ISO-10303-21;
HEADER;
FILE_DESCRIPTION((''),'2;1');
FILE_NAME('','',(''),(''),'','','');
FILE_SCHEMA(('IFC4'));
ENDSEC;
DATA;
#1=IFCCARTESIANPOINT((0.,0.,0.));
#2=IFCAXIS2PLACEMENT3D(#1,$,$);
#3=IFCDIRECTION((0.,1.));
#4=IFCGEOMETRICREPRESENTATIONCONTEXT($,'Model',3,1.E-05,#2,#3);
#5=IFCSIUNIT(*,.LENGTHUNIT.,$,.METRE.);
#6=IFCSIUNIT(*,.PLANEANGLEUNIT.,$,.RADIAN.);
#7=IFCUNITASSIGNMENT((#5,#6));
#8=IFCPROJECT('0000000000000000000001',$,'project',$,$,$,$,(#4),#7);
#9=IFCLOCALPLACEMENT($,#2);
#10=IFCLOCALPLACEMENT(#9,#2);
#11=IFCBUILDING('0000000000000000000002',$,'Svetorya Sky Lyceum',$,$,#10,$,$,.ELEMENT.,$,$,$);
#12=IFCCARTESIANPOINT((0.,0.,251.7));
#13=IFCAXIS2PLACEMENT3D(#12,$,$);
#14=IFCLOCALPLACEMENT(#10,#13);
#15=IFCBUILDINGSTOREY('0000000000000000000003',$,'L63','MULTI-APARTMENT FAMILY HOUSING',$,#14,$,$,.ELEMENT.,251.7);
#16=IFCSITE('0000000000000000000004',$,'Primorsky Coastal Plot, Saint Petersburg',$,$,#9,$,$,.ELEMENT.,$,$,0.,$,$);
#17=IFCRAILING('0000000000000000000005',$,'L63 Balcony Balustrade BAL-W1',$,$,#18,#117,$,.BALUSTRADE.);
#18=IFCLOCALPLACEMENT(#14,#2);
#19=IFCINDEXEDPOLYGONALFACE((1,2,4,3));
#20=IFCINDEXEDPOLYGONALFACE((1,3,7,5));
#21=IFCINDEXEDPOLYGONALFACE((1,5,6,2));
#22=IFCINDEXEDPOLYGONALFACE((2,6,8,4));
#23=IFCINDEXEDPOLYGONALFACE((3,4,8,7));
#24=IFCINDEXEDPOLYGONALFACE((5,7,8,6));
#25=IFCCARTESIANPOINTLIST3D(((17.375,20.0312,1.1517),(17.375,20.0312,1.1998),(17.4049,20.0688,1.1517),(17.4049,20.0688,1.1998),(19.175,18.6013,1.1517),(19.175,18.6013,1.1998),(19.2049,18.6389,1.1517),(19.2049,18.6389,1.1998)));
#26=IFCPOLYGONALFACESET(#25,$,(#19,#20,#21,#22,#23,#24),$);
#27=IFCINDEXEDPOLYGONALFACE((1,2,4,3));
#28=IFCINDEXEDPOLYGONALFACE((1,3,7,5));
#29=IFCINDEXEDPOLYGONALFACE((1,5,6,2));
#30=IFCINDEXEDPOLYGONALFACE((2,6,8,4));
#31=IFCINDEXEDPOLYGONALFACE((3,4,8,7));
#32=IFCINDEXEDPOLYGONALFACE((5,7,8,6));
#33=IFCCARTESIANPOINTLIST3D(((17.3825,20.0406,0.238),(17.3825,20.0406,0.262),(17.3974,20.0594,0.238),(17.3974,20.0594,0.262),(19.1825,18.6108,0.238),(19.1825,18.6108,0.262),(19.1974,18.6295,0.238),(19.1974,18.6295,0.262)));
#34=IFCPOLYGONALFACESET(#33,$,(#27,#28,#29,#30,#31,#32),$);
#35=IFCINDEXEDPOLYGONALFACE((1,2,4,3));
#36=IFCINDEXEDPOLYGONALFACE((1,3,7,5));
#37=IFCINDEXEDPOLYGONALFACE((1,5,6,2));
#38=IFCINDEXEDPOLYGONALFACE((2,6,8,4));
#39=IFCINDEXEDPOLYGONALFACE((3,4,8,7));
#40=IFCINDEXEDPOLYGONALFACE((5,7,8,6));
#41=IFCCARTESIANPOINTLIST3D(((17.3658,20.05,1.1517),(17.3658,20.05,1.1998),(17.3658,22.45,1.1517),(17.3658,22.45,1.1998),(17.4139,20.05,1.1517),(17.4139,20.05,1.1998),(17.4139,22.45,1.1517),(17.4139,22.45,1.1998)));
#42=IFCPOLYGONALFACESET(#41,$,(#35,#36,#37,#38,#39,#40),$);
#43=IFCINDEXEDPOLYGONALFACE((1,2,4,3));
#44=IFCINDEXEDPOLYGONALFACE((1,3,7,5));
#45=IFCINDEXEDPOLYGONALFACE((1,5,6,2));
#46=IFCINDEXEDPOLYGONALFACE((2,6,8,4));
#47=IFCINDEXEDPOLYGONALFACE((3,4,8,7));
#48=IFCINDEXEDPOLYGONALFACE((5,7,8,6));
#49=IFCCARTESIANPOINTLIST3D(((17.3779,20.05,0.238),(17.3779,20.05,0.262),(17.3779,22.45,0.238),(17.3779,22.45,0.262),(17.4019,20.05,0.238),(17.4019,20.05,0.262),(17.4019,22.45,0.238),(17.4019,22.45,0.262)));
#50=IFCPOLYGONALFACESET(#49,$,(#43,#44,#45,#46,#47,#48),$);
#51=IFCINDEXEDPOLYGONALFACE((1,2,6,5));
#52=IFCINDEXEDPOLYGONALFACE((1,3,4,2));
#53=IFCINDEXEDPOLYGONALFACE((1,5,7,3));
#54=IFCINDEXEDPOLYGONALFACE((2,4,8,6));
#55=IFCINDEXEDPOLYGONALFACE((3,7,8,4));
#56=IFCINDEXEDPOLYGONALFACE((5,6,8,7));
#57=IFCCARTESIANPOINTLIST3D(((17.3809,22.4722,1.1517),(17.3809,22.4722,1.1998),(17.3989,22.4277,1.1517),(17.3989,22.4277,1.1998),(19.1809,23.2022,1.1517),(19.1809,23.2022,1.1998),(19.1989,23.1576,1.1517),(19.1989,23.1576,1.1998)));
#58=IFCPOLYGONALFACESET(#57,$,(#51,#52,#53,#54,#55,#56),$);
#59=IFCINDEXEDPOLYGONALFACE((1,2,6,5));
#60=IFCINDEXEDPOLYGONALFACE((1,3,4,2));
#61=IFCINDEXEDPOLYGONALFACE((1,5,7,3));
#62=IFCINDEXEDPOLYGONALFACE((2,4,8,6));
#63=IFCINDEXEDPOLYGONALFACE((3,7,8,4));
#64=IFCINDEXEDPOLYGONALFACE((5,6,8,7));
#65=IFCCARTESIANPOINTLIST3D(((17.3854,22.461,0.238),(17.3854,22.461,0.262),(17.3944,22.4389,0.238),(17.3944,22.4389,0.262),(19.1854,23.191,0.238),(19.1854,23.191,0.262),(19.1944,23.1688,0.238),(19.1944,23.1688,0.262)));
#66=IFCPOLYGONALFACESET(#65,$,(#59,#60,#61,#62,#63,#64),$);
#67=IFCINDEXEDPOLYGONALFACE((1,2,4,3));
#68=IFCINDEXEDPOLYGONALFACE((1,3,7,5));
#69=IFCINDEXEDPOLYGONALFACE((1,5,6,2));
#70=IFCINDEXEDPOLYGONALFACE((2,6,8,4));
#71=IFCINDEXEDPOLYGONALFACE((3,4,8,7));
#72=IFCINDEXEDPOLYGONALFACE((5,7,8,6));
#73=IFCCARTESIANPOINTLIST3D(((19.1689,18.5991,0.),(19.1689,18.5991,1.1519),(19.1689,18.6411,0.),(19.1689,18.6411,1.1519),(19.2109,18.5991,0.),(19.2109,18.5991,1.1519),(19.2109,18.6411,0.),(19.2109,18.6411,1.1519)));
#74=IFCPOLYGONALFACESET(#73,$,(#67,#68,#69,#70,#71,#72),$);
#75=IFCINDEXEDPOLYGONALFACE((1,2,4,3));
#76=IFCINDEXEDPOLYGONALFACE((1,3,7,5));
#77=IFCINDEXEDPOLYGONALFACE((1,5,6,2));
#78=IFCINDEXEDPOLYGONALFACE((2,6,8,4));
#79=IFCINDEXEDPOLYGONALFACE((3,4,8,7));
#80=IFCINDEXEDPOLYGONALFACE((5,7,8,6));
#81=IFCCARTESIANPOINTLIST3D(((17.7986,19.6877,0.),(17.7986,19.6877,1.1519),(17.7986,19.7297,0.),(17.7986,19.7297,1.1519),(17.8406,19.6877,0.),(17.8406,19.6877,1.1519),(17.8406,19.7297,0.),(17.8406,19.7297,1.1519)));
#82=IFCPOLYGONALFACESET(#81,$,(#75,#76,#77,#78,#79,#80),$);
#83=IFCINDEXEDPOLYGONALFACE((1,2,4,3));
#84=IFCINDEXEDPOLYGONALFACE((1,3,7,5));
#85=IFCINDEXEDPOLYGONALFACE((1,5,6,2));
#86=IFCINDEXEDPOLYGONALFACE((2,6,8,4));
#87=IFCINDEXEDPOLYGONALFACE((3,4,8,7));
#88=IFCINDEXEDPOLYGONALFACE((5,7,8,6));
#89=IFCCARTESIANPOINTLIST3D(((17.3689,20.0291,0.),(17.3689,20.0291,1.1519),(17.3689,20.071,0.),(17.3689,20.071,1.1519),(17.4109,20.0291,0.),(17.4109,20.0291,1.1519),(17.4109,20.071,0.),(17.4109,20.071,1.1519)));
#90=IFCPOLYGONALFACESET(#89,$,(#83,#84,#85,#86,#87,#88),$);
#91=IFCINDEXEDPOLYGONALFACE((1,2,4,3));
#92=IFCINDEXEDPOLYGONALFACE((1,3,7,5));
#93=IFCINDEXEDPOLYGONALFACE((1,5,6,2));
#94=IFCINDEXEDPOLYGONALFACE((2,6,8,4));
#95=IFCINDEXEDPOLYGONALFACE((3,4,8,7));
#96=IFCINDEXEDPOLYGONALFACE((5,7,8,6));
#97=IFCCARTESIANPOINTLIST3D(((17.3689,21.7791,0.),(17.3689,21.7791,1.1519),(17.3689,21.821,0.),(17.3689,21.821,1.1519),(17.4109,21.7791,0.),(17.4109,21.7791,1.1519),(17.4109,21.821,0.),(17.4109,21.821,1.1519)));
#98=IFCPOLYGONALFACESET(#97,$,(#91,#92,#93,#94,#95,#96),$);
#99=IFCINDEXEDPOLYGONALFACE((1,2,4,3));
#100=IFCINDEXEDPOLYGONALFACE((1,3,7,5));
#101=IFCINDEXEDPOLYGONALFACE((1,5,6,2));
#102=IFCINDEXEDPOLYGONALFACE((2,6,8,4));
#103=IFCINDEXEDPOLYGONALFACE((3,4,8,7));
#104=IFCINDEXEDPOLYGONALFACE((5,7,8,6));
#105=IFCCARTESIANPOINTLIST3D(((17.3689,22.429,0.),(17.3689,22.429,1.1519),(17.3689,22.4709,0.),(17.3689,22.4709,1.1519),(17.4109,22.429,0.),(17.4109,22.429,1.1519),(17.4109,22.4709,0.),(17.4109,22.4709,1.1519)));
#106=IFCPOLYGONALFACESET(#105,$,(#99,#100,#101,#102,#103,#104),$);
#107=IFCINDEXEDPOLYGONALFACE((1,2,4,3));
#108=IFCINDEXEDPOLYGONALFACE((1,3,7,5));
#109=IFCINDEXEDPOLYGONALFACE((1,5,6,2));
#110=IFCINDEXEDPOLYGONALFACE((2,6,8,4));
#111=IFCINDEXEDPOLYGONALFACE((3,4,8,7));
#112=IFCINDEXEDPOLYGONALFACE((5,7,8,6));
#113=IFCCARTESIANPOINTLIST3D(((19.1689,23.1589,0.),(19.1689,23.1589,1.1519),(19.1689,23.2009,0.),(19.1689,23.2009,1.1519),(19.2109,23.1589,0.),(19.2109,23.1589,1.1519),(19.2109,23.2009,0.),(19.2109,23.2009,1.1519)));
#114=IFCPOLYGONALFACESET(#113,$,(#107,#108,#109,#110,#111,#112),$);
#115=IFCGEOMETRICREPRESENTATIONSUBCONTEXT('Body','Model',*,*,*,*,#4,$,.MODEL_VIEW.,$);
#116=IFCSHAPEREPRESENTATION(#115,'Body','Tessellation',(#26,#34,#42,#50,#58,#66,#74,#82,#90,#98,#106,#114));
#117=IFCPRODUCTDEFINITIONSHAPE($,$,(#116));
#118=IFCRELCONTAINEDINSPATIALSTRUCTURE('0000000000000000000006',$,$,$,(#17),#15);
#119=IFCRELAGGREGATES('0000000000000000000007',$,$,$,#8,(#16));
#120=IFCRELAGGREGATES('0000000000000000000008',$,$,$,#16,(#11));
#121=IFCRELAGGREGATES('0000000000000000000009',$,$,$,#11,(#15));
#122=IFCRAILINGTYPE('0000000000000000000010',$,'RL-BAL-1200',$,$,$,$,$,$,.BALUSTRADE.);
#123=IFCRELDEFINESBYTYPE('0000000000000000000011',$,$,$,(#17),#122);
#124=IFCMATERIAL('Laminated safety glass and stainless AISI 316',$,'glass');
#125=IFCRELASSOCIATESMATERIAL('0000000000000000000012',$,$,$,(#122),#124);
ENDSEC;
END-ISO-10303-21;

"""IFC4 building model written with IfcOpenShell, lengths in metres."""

from ifc_helpers import new_model, si_unit, direction, frame, origin, origin_2d, place, context, subcontext, project, spatial, rectangle, extrude, material, type_object, element, save


model = new_model("IFC4")

# Units and contexts
model_context = context("Model", 3, precision=1e-05, world=origin(), true_north=direction((0.0, 1.0)))
body_context = subcontext(model_context, "Body", "Model", "MODEL_VIEW")
ifc_project = project(units=[si_unit("LENGTHUNIT", "METRE"), si_unit("PLANEANGLEUNIT", "RADIAN")], contexts=[model_context])

# Site, building, storey
site_placement = place(None, origin())
site = spatial("IfcSite", under=ifc_project, at=site_placement, Name="Primorsky Coastal Plot, Saint Petersburg", CompositionType="ELEMENT", RefElevation=0.0)
building_placement = place(site_placement, origin())
building = spatial("IfcBuilding", under=site, at=building_placement, Name="Svetorya Sky Lyceum", CompositionType="ELEMENT")
storey_placement = place(building_placement, frame((0.0, 0.0, 251.7)))
storey = spatial("IfcBuildingStorey", under=building, at=storey_placement, Name="L63", Description="MULTI-APARTMENT FAMILY HOUSING", CompositionType="ELEMENT", Elevation=251.7)

# Railing
ifc_material_1 = material(Name="Laminated safety glass and stainless AISI 316", Category="glass")
railing_type = type_object("IfcRailingType", Name="RL-BAL-1200", PredefinedType="BALUSTRADE", material=ifc_material_1)
railing_placement = place(storey_placement, frame((19.1899, 18.6201, 0.0)))
element("IfcRailing", 1, at=railing_placement, inside=storey, type_object=railing_type, Name="L63 Balcony Balustrade BAL-W1", PredefinedType="BALUSTRADE", context=body_context, shape_type="SweptSolid", body=[
    extrude(rectangle(XDim=0.0481, YDim=0.0481, at=origin_2d()), frame((0.0, 0.0, 1.1758), z_axis=(-0.783009, 0.62201, 0.0), x_axis=(-0.62201, -0.783009, 0.0)), (0.0, 0.0, 1.0), 2.2988),
    extrude(rectangle(XDim=0.0239, YDim=0.0239, at=origin_2d()), frame((0.0, 0.0, 0.25), z_axis=(-0.783009, 0.62201, 0.0), x_axis=(-0.62201, -0.783009, 0.0)), (0.0, 0.0, 1.0), 2.2988),
    extrude(rectangle(XDim=0.0481, YDim=0.0481, at=origin_2d()), frame((-1.8, 1.4299, 1.1758), z_axis=(0.0, 1.0, 0.0), x_axis=(-1.0, 0.0, 0.0)), (0.0, 0.0, 1.0), 2.3999),
    extrude(rectangle(XDim=0.0239, YDim=0.0239, at=origin_2d()), frame((-1.8, 1.4299, 0.25), z_axis=(0.0, 1.0, 0.0), x_axis=(-1.0, 0.0, 0.0)), (0.0, 0.0, 1.0), 2.3999),
    extrude(rectangle(XDim=0.0481, YDim=0.0481, at=origin_2d()), frame((-1.8, 3.8298, 1.1758), z_axis=(0.926698, 0.375807, 0.0), x_axis=(-0.375807, 0.926698, 0.0)), (0.0, 0.0, 1.0), 1.9424),
    extrude(rectangle(XDim=0.0239, YDim=0.0239, at=origin_2d()), frame((-1.8, 3.8298, 0.25), z_axis=(0.926698, 0.375807, 0.0), x_axis=(-0.375807, 0.926698, 0.0)), (0.0, 0.0, 1.0), 1.9424),
    extrude(rectangle(XDim=0.042, YDim=0.042, at=origin_2d()), origin(), (0.0, 0.0, 1.0), 1.1519),
    extrude(rectangle(XDim=0.042, YDim=0.042, at=origin_2d()), frame((-1.3704, 1.0886, 0.0)), (0.0, 0.0, 1.0), 1.1519),
    extrude(rectangle(XDim=0.042, YDim=0.042, at=origin_2d()), frame((-1.8, 1.4299, 0.0)), (0.0, 0.0, 1.0), 1.1519),
    extrude(rectangle(XDim=0.042, YDim=0.042, at=origin_2d()), frame((-1.8, 3.1799, 0.0)), (0.0, 0.0, 1.0), 1.1519),
    extrude(rectangle(XDim=0.042, YDim=0.042, at=origin_2d()), frame((-1.8, 3.8298, 0.0)), (0.0, 0.0, 1.0), 1.1519),
    extrude(rectangle(XDim=0.042, YDim=0.042, at=origin_2d()), frame((0.0, 4.5598, 0.0)), (0.0, 0.0, 1.0), 1.1519),
])

save(model, "model.ifc")
